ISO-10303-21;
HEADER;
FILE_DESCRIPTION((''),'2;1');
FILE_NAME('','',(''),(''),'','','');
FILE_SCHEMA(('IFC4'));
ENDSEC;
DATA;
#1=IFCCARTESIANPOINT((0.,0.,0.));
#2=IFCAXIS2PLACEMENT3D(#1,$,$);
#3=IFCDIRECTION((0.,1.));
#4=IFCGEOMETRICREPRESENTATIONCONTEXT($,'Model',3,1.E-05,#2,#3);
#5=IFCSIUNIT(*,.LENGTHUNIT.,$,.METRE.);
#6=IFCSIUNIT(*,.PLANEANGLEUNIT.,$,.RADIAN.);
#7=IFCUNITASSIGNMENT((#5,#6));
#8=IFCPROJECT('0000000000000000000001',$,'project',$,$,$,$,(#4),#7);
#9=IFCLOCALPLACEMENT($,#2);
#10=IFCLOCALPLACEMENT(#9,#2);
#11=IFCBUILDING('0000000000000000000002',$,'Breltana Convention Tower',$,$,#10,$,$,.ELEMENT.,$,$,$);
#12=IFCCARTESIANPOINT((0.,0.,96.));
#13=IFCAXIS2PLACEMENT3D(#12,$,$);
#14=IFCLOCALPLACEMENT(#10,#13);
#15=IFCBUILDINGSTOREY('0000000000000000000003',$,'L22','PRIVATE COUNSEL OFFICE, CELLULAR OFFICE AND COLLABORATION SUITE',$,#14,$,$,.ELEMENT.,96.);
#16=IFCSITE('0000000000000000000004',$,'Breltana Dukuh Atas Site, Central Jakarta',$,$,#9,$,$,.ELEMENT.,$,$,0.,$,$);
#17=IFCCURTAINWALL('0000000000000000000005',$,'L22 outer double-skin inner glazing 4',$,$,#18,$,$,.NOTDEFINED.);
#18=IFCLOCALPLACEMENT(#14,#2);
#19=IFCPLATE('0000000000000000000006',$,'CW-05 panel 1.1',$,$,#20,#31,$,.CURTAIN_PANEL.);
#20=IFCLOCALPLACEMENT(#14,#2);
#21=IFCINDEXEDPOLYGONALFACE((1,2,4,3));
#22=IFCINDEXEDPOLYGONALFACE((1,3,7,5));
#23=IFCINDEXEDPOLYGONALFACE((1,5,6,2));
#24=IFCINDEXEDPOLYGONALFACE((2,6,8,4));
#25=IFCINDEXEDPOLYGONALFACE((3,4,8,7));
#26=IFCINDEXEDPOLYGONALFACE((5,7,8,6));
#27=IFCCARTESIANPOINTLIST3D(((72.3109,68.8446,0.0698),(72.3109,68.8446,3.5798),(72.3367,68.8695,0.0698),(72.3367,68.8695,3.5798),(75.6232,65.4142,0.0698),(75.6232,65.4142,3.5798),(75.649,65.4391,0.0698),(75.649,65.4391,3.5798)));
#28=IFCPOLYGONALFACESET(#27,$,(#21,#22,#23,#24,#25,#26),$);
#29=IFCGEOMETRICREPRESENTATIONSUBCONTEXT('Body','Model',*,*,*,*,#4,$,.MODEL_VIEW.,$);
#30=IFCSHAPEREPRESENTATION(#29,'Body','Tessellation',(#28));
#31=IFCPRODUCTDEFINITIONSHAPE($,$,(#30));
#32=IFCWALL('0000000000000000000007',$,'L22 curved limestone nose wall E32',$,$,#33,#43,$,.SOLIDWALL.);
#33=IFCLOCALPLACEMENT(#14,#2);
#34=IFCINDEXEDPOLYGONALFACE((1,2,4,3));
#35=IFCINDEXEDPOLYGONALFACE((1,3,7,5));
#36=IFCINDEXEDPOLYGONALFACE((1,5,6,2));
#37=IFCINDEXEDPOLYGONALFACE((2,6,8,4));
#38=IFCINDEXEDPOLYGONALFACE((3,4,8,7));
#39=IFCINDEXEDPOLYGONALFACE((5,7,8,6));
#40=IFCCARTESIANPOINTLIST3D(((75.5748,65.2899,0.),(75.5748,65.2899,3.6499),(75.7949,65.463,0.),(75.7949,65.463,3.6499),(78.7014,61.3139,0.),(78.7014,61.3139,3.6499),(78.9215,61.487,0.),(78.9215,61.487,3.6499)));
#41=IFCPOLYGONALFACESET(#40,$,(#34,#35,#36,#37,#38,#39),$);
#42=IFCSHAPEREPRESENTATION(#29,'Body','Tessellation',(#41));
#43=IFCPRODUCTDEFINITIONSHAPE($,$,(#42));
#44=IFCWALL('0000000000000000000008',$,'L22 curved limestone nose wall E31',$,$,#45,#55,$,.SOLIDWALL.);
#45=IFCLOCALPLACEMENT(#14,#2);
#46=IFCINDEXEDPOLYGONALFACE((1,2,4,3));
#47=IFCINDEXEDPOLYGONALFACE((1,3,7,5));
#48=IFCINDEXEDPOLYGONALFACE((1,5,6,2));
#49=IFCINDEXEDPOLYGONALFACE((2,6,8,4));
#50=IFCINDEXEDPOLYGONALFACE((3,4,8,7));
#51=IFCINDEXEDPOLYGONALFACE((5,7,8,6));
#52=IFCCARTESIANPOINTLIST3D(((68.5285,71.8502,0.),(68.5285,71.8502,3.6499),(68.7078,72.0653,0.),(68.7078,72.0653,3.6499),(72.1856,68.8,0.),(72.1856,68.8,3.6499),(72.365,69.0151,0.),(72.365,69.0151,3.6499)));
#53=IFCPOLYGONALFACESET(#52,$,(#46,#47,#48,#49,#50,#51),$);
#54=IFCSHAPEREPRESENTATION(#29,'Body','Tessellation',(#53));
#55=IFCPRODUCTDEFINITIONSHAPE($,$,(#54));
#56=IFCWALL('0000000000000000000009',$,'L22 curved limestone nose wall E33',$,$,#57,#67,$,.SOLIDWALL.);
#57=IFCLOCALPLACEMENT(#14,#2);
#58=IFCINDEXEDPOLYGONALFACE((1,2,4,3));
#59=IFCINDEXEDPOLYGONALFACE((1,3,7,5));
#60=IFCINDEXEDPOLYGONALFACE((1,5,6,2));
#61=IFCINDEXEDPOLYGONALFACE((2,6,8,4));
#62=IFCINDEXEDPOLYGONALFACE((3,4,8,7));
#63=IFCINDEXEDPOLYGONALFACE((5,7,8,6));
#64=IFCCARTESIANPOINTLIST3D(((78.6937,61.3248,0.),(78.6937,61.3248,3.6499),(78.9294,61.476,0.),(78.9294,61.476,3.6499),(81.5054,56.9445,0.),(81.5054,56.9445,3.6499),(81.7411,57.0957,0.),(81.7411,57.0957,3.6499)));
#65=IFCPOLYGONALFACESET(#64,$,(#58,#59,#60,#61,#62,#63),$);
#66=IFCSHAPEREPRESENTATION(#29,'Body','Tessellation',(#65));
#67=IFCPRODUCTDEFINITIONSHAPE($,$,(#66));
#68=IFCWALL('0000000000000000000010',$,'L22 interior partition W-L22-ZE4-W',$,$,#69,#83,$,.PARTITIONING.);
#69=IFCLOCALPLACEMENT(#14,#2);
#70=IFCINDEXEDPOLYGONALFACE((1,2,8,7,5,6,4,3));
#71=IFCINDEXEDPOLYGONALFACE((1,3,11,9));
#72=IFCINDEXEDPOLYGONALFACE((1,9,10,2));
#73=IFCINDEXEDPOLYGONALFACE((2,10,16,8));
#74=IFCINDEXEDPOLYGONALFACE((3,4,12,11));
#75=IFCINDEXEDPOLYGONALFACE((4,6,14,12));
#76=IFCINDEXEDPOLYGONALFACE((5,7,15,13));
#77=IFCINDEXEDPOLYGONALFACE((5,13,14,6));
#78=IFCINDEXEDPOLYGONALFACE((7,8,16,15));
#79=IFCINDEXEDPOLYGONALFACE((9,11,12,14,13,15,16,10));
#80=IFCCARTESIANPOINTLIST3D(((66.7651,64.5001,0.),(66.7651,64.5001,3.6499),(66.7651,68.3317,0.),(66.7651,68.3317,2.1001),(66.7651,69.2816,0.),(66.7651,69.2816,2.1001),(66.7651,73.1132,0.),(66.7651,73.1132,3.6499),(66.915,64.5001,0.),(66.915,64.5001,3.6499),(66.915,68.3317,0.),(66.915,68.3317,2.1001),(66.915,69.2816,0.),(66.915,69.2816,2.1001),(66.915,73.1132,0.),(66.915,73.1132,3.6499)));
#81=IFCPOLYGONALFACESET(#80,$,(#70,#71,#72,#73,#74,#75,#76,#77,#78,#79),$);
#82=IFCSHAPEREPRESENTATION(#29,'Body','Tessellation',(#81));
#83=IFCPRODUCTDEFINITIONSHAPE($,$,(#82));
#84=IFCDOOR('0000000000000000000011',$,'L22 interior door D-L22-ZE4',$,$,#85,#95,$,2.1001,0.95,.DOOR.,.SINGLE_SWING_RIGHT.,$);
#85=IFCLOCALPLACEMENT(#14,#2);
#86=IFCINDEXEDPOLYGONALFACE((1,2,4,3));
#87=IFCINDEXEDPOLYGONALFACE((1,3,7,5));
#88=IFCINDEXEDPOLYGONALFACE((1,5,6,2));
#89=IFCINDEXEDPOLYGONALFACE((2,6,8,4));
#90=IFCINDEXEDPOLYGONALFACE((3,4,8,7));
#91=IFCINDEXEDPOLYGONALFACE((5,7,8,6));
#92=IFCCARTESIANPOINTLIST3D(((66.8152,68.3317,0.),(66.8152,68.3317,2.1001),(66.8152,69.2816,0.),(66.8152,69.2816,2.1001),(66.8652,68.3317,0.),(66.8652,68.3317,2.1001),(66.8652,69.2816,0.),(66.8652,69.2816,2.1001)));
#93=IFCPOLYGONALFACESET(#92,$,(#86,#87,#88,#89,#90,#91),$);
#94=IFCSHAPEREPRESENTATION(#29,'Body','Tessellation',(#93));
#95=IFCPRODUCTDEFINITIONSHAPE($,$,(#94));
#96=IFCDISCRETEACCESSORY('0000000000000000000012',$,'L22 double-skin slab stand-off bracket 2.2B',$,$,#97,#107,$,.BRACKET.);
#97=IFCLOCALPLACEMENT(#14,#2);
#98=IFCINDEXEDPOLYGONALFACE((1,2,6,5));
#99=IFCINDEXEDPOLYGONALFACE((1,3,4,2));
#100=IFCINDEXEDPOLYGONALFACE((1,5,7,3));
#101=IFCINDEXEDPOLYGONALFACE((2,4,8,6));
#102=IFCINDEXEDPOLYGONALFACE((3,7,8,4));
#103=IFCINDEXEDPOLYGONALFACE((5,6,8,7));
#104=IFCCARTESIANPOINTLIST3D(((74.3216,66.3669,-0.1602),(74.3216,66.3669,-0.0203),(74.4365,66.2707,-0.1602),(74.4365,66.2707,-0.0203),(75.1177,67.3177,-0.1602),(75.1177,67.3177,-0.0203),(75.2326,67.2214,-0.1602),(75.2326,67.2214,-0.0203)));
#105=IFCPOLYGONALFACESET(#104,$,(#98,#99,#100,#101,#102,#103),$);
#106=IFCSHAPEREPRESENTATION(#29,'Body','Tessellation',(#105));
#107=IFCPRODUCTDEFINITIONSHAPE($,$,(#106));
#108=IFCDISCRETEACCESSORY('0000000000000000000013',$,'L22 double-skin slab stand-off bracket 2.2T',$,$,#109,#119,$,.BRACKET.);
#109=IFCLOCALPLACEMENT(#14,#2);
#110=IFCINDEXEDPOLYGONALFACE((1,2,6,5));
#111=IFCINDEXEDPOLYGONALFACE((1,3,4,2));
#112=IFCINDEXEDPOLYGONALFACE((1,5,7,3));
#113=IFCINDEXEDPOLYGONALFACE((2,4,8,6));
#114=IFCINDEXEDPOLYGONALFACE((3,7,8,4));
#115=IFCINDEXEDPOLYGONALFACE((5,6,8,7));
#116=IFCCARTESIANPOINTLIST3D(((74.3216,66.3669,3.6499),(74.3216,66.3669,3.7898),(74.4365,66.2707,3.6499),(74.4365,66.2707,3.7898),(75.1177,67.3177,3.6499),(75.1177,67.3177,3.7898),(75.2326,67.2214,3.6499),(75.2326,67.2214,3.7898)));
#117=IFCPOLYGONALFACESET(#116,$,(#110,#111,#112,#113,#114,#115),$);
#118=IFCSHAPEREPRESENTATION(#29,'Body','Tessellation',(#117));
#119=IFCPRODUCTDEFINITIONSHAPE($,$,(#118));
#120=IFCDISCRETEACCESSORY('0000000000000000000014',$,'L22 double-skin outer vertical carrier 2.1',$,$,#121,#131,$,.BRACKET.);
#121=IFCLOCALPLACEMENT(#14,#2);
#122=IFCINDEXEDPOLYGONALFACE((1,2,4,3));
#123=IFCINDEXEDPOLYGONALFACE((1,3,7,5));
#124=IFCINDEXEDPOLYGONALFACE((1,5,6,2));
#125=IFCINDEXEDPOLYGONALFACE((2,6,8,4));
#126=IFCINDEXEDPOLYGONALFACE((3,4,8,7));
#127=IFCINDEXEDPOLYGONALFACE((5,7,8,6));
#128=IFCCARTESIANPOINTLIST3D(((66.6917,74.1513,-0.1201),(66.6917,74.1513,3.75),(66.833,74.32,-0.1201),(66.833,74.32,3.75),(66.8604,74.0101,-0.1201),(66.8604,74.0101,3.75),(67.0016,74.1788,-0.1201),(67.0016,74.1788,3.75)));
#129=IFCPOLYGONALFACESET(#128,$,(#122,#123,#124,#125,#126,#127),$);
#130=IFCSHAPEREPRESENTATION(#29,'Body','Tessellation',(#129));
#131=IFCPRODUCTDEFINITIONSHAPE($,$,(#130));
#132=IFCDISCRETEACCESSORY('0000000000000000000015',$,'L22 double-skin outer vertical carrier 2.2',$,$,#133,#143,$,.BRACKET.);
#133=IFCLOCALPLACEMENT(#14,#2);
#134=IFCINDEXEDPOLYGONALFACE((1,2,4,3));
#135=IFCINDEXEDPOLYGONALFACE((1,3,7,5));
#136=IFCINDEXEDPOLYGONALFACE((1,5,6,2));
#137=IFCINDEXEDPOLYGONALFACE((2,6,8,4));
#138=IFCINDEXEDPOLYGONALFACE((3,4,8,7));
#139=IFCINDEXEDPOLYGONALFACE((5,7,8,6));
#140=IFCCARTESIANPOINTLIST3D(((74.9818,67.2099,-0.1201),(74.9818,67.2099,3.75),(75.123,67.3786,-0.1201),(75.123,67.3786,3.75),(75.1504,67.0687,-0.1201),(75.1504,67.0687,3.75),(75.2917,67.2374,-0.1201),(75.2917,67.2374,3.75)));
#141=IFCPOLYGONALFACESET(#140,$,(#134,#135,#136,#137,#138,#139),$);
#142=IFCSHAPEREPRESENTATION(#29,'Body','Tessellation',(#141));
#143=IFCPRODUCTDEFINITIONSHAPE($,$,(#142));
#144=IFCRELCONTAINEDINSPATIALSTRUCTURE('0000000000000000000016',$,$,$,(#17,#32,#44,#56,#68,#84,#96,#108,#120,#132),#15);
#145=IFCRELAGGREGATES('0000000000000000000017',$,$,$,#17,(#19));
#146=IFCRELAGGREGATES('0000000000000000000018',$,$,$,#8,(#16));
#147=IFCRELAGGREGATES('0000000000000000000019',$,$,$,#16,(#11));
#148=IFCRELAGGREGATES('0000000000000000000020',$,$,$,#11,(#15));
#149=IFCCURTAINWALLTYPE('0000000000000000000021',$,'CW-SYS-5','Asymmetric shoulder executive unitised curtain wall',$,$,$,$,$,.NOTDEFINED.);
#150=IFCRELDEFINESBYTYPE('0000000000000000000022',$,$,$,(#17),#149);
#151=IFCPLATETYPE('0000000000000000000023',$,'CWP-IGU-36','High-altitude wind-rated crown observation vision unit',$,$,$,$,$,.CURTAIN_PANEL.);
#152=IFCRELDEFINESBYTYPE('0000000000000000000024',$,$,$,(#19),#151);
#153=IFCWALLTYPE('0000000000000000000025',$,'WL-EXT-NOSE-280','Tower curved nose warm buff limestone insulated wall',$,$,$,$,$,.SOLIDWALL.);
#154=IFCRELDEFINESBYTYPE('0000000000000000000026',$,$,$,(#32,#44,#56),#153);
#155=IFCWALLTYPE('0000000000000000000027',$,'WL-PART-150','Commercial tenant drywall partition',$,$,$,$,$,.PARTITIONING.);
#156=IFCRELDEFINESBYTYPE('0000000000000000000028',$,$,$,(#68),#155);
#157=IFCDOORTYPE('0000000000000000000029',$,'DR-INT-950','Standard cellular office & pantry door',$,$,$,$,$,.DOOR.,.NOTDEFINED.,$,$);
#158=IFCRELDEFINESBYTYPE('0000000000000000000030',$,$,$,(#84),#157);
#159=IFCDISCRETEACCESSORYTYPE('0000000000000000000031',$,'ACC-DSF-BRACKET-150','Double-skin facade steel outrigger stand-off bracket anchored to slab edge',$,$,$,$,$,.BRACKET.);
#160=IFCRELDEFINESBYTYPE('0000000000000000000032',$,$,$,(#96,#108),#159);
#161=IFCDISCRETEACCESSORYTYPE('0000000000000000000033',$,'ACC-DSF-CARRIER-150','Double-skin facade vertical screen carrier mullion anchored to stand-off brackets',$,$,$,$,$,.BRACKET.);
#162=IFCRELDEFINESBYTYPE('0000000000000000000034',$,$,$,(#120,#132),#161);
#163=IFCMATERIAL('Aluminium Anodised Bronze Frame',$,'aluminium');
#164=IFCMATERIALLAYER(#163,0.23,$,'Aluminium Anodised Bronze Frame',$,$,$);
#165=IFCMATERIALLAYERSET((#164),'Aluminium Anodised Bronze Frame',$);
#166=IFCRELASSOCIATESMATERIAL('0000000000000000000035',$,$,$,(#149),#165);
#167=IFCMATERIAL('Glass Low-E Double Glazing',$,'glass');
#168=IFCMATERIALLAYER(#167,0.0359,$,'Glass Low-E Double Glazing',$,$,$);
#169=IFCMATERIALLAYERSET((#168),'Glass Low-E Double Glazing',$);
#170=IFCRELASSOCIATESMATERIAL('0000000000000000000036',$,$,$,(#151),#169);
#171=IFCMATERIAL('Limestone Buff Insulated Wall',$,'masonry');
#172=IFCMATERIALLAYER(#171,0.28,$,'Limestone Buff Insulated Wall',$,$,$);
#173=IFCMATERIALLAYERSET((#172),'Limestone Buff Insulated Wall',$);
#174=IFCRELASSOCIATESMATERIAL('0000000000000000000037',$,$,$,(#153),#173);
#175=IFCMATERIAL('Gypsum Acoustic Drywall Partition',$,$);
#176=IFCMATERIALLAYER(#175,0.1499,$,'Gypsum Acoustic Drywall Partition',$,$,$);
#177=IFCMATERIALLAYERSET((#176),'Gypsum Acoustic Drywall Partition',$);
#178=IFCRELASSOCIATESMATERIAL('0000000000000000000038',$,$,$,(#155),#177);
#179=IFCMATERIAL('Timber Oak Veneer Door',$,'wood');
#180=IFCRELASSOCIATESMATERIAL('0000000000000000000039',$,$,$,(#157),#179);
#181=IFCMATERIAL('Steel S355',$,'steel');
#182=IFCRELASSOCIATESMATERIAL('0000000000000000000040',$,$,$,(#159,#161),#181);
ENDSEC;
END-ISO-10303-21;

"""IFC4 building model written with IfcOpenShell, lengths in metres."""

from ifc_helpers import new_model, si_unit, direction, frame, frame_2d, origin, origin_2d, place, context, subcontext, project, spatial, rectangle, extrude, source, transform, mapped, material, layer, layer_set, type_object, type_shapes, element, fill, aggregate, save


model = new_model("IFC4")

# Units and contexts
model_context = context("Model", 3, precision=1e-05, world=origin(), true_north=direction((0.0, 1.0)))
body_context = subcontext(model_context, "Body", "Model", "MODEL_VIEW")
ifc_project = project(units=[si_unit("LENGTHUNIT", "METRE"), si_unit("PLANEANGLEUNIT", "RADIAN")], contexts=[model_context])

# Site, building, storey
site_placement = place(None, origin())
site = spatial("IfcSite", under=ifc_project, at=site_placement, Name="Breltana Dukuh Atas Site, Central Jakarta", CompositionType="ELEMENT", RefElevation=0.0)
building_placement = place(site_placement, origin())
building = spatial("IfcBuilding", under=site, at=building_placement, Name="Breltana Convention Tower", CompositionType="ELEMENT")
storey_placement = place(building_placement, frame((0.0, 0.0, 96.0)))
storey = spatial("IfcBuildingStorey", under=building, at=storey_placement, Name="L22", Description="PRIVATE COUNSEL OFFICE, CELLULAR OFFICE AND COLLABORATION SUITE", CompositionType="ELEMENT", Elevation=96.0)

# Curtain wall, plate
ifc_material_1 = material(Name="Aluminium Anodised Bronze Frame", Category="aluminium")
ifc_layer_1 = layer(ifc_material_1, 0.23, Name="Aluminium Anodised Bronze Frame")
ifc_layer_set_1 = layer_set([ifc_layer_1], Name="Aluminium Anodised Bronze Frame")
curtain_wall_type = type_object("IfcCurtainWallType", Name="CW-SYS-5", Description="Asymmetric shoulder executive unitised curtain wall", PredefinedType="NOTDEFINED", material=ifc_layer_set_1)
curtain_wall_placement = place(storey_placement, origin())
curtain_wall = element("IfcCurtainWall", 1, at=curtain_wall_placement, inside=storey, type_object=curtain_wall_type, Name="L22 outer double-skin inner glazing 4", PredefinedType="NOTDEFINED")
ifc_material_2 = material(Name="Glass Low-E Double Glazing", Category="glass")
ifc_layer_2 = layer(ifc_material_2, 0.0359, Name="Glass Low-E Double Glazing")
ifc_layer_set_2 = layer_set([ifc_layer_2], Name="Glass Low-E Double Glazing")
plate_type = type_object("IfcPlateType", Name="CWP-IGU-36", Description="High-altitude wind-rated crown observation vision unit", PredefinedType="CURTAIN_PANEL", material=ifc_layer_set_2)
shared_shape_1 = source(origin(), body_context, "Body", "SweptSolid", [
    extrude(rectangle(XDim=4.7686, YDim=0.0359, at=origin_2d()), origin(), (0.0, 0.0, 1.0), 3.51),
])
plate_placement = place(storey_placement, frame((73.98, 67.1418, 0.0698), z_axis=(0.0, 0.0, 1.0), x_axis=(0.694612, -0.719385, 0.0)))
plate = element("IfcPlate", 2, at=plate_placement, type_object=plate_type, Name="CW-05 panel 1.1", PredefinedType="CURTAIN_PANEL", context=body_context, shape_type="MappedRepresentation", body=[
    mapped(shared_shape_1, transform((0.0, 0.0, 0.0), scale=1.0)),
])
aggregate(curtain_wall, [plate])

# Walls
ifc_material_3 = material(Name="Limestone Buff Insulated Wall", Category="masonry")
ifc_layer_3 = layer(ifc_material_3, 0.28, Name="Limestone Buff Insulated Wall")
ifc_layer_set_3 = layer_set([ifc_layer_3], Name="Limestone Buff Insulated Wall")
wall_type_1 = type_object("IfcWallType", Name="WL-EXT-NOSE-280", Description="Tower curved nose warm buff limestone insulated wall", PredefinedType="SOLIDWALL", material=ifc_layer_set_3)
shared_shape_2 = source(origin(), body_context, "Body", "SweptSolid", [
    extrude(rectangle(XDim=5.0581, YDim=0.28, at=frame_2d((2.5291, 0.0))), origin(), (0.0, 0.0, 1.0), 3.6499),
])
wall_1_placement = place(storey_placement, frame((75.6848, 65.3765, 0.0), z_axis=(0.0, 0.0, 1.0), x_axis=(0.618146, -0.786064, 0.0)))
element("IfcWall", 3, at=wall_1_placement, inside=storey, type_object=wall_type_1, Name="L22 curved limestone nose wall E32", PredefinedType="SOLIDWALL", context=body_context, shape_type="MappedRepresentation", body=[
    mapped(shared_shape_2, transform((0.0, 0.0, 0.0), scale=1.0)),
])
shared_shape_3 = source(origin(), body_context, "Body", "SweptSolid", [
    extrude(rectangle(XDim=4.7622, YDim=0.28, at=frame_2d((2.3811, 0.0))), origin(), (0.0, 0.0, 1.0), 3.6499),
])
wall_2_placement = place(storey_placement, frame((68.6182, 71.9578, 0.0), z_axis=(0.0, 0.0, 1.0), x_axis=(0.767952, -0.640507, 0.0)))
element("IfcWall", 4, at=wall_2_placement, inside=storey, type_object=wall_type_1, Name="L22 curved limestone nose wall E31", PredefinedType="SOLIDWALL", context=body_context, shape_type="MappedRepresentation", body=[
    mapped(shared_shape_3, transform((0.0, 0.0, 0.0), scale=1.0)),
])
shared_shape_4 = source(origin(), body_context, "Body", "SweptSolid", [
    extrude(rectangle(XDim=5.2051, YDim=0.28, at=frame_2d((2.6025, 0.0))), origin(), (0.0, 0.0, 1.0), 3.6499),
])
wall_3_placement = place(storey_placement, frame((78.8115, 61.4004, 0.0), z_axis=(0.0, 0.0, 1.0), x_axis=(0.540189, -0.841544, 0.0)))
element("IfcWall", 5, at=wall_3_placement, inside=storey, type_object=wall_type_1, Name="L22 curved limestone nose wall E33", PredefinedType="SOLIDWALL", context=body_context, shape_type="MappedRepresentation", body=[
    mapped(shared_shape_4, transform((0.0, 0.0, 0.0), scale=1.0)),
])

# Wall, opening, door
ifc_material_4 = material(Name="Gypsum Acoustic Drywall Partition")
ifc_layer_4 = layer(ifc_material_4, 0.1499, Name="Gypsum Acoustic Drywall Partition")
ifc_layer_set_4 = layer_set([ifc_layer_4], Name="Gypsum Acoustic Drywall Partition")
wall_type_2 = type_object("IfcWallType", Name="WL-PART-150", Description="Commercial tenant drywall partition", PredefinedType="PARTITIONING", material=ifc_layer_set_4)
shared_shape_5 = source(origin(), body_context, "Body", "SweptSolid", [
    extrude(rectangle(XDim=8.613, YDim=0.1499, at=frame_2d((4.3066, 0.0))), origin(), (0.0, 0.0, 1.0), 3.6499),
])
wall_4_placement = place(storey_placement, frame((66.8401, 64.5, 0.0), z_axis=(0.0, 0.0, 1.0), x_axis=(0.0, 1.0, 0.0)))
wall_4 = element("IfcWall", 6, at=wall_4_placement, inside=storey, type_object=wall_type_2, Name="L22 interior partition W-L22-ZE4-W", PredefinedType="PARTITIONING", context=body_context, shape_type="MappedRepresentation", body=[
    mapped(shared_shape_5, transform((0.0, 0.0, 0.0), scale=1.0)),
])
opening_placement = place(wall_4_placement, frame((3.8315, 0.0, 0.0)))
opening = element("IfcOpeningElement", 7, at=opening_placement, cuts=wall_4, PredefinedType="OPENING", context=body_context, shape_type="SweptSolid", body=[
    extrude(rectangle(XDim=0.95, YDim=2.1001, at=frame_2d((0.4751, 1.05))), frame((0.0, 0.085, 0.0), z_axis=(0.0, -1.0, 0.0), x_axis=(1.0, 0.0, 0.0)), (0.0, 0.0, 1.0), 0.1699),
])
ifc_material_5 = material(Name="Timber Oak Veneer Door", Category="wood")
door_type = type_object("IfcDoorType", Name="DR-INT-950", Description="Standard cellular office & pantry door", OperationType="NOTDEFINED", PredefinedType="DOOR", material=ifc_material_5)
shared_shape_6 = source(origin(), body_context, "Body", "SweptSolid", [
    extrude(rectangle(XDim=0.95, YDim=2.1001, at=frame_2d((0.4751, 1.05))), frame((0.0, 0.0249, 0.0), z_axis=(0.0, -1.0, 0.0), x_axis=(1.0, 0.0, 0.0)), (0.0, 0.0, 1.0), 0.05),
])
type_shapes(door_type, [shared_shape_6])
door_placement = place(opening_placement, origin())
door = element("IfcDoor", 8, at=door_placement, inside=storey, type_object=door_type, Name="L22 interior door D-L22-ZE4", OperationType="SINGLE_SWING_RIGHT", OverallHeight=2.1001, OverallWidth=0.95, PredefinedType="DOOR", context=body_context, shape_type="MappedRepresentation", body=[
    mapped(shared_shape_6, transform((0.0, 0.0, 0.0), scale=1.0)),
])
fill(opening, door)

# Discrete accessories
ifc_material_6 = material(Name="Steel S355", Category="steel")
discrete_accessory_type_1 = type_object("IfcDiscreteAccessoryType", Name="ACC-DSF-BRACKET-150", Description="Double-skin facade steel outrigger stand-off bracket anchored to slab edge", PredefinedType="BRACKET", material=ifc_material_6)
shared_shape_7 = source(origin(), body_context, "Body", "SweptSolid", [
    extrude(rectangle(XDim=1.24, YDim=0.1499, at=origin_2d()), origin(), (0.0, 0.0, 1.0), 0.1399),
])
type_shapes(discrete_accessory_type_1, [shared_shape_7])
for number, where, z_axis, x_axis, name in (
    (9, (74.7771, 66.7942, -0.1602), (0.0, 0.0, 1.0), (0.641987, 0.766715, 0.0), "L22 double-skin slab stand-off bracket 2.2B"),
    (10, (74.7771, 66.7942, 3.6499), (0.0, 0.0, 1.0), (0.641987, 0.766715, 0.0), "L22 double-skin slab stand-off bracket 2.2T"),
):
    element("IfcDiscreteAccessory", number, at=place(storey_placement, frame(where, z_axis=z_axis, x_axis=x_axis)), inside=storey, type_object=discrete_accessory_type_1, Name=name, PredefinedType="BRACKET", context=body_context, shape_type="MappedRepresentation", body=[
        mapped(shared_shape_7, transform((0.0, 0.0, 0.0), scale=1.0)),
    ])
discrete_accessory_type_2 = type_object("IfcDiscreteAccessoryType", Name="ACC-DSF-CARRIER-150", Description="Double-skin facade vertical screen carrier mullion anchored to stand-off brackets", PredefinedType="BRACKET", material=ifc_material_6)
shared_shape_8 = source(origin(), body_context, "Body", "SweptSolid", [
    extrude(rectangle(XDim=0.22, YDim=0.22, at=origin_2d()), origin(), (0.0, 0.0, 1.0), 3.8701),
])
for number, where, z_axis, x_axis, name in (
    (11, (66.8467, 74.165, -0.1201), (0.0, 0.0, 1.0), (0.641987, 0.766715, 0.0), "L22 double-skin outer vertical carrier 2.1"),
    (12, (75.1367, 67.2236, -0.1201), (0.0, 0.0, 1.0), (0.641987, 0.766715, 0.0), "L22 double-skin outer vertical carrier 2.2"),
):
    element("IfcDiscreteAccessory", number, at=place(storey_placement, frame(where, z_axis=z_axis, x_axis=x_axis)), inside=storey, type_object=discrete_accessory_type_2, Name=name, PredefinedType="BRACKET", context=body_context, shape_type="MappedRepresentation", body=[
        mapped(shared_shape_8, transform((0.0, 0.0, 0.0), scale=1.0)),
    ])

save(model, "model.ifc")
